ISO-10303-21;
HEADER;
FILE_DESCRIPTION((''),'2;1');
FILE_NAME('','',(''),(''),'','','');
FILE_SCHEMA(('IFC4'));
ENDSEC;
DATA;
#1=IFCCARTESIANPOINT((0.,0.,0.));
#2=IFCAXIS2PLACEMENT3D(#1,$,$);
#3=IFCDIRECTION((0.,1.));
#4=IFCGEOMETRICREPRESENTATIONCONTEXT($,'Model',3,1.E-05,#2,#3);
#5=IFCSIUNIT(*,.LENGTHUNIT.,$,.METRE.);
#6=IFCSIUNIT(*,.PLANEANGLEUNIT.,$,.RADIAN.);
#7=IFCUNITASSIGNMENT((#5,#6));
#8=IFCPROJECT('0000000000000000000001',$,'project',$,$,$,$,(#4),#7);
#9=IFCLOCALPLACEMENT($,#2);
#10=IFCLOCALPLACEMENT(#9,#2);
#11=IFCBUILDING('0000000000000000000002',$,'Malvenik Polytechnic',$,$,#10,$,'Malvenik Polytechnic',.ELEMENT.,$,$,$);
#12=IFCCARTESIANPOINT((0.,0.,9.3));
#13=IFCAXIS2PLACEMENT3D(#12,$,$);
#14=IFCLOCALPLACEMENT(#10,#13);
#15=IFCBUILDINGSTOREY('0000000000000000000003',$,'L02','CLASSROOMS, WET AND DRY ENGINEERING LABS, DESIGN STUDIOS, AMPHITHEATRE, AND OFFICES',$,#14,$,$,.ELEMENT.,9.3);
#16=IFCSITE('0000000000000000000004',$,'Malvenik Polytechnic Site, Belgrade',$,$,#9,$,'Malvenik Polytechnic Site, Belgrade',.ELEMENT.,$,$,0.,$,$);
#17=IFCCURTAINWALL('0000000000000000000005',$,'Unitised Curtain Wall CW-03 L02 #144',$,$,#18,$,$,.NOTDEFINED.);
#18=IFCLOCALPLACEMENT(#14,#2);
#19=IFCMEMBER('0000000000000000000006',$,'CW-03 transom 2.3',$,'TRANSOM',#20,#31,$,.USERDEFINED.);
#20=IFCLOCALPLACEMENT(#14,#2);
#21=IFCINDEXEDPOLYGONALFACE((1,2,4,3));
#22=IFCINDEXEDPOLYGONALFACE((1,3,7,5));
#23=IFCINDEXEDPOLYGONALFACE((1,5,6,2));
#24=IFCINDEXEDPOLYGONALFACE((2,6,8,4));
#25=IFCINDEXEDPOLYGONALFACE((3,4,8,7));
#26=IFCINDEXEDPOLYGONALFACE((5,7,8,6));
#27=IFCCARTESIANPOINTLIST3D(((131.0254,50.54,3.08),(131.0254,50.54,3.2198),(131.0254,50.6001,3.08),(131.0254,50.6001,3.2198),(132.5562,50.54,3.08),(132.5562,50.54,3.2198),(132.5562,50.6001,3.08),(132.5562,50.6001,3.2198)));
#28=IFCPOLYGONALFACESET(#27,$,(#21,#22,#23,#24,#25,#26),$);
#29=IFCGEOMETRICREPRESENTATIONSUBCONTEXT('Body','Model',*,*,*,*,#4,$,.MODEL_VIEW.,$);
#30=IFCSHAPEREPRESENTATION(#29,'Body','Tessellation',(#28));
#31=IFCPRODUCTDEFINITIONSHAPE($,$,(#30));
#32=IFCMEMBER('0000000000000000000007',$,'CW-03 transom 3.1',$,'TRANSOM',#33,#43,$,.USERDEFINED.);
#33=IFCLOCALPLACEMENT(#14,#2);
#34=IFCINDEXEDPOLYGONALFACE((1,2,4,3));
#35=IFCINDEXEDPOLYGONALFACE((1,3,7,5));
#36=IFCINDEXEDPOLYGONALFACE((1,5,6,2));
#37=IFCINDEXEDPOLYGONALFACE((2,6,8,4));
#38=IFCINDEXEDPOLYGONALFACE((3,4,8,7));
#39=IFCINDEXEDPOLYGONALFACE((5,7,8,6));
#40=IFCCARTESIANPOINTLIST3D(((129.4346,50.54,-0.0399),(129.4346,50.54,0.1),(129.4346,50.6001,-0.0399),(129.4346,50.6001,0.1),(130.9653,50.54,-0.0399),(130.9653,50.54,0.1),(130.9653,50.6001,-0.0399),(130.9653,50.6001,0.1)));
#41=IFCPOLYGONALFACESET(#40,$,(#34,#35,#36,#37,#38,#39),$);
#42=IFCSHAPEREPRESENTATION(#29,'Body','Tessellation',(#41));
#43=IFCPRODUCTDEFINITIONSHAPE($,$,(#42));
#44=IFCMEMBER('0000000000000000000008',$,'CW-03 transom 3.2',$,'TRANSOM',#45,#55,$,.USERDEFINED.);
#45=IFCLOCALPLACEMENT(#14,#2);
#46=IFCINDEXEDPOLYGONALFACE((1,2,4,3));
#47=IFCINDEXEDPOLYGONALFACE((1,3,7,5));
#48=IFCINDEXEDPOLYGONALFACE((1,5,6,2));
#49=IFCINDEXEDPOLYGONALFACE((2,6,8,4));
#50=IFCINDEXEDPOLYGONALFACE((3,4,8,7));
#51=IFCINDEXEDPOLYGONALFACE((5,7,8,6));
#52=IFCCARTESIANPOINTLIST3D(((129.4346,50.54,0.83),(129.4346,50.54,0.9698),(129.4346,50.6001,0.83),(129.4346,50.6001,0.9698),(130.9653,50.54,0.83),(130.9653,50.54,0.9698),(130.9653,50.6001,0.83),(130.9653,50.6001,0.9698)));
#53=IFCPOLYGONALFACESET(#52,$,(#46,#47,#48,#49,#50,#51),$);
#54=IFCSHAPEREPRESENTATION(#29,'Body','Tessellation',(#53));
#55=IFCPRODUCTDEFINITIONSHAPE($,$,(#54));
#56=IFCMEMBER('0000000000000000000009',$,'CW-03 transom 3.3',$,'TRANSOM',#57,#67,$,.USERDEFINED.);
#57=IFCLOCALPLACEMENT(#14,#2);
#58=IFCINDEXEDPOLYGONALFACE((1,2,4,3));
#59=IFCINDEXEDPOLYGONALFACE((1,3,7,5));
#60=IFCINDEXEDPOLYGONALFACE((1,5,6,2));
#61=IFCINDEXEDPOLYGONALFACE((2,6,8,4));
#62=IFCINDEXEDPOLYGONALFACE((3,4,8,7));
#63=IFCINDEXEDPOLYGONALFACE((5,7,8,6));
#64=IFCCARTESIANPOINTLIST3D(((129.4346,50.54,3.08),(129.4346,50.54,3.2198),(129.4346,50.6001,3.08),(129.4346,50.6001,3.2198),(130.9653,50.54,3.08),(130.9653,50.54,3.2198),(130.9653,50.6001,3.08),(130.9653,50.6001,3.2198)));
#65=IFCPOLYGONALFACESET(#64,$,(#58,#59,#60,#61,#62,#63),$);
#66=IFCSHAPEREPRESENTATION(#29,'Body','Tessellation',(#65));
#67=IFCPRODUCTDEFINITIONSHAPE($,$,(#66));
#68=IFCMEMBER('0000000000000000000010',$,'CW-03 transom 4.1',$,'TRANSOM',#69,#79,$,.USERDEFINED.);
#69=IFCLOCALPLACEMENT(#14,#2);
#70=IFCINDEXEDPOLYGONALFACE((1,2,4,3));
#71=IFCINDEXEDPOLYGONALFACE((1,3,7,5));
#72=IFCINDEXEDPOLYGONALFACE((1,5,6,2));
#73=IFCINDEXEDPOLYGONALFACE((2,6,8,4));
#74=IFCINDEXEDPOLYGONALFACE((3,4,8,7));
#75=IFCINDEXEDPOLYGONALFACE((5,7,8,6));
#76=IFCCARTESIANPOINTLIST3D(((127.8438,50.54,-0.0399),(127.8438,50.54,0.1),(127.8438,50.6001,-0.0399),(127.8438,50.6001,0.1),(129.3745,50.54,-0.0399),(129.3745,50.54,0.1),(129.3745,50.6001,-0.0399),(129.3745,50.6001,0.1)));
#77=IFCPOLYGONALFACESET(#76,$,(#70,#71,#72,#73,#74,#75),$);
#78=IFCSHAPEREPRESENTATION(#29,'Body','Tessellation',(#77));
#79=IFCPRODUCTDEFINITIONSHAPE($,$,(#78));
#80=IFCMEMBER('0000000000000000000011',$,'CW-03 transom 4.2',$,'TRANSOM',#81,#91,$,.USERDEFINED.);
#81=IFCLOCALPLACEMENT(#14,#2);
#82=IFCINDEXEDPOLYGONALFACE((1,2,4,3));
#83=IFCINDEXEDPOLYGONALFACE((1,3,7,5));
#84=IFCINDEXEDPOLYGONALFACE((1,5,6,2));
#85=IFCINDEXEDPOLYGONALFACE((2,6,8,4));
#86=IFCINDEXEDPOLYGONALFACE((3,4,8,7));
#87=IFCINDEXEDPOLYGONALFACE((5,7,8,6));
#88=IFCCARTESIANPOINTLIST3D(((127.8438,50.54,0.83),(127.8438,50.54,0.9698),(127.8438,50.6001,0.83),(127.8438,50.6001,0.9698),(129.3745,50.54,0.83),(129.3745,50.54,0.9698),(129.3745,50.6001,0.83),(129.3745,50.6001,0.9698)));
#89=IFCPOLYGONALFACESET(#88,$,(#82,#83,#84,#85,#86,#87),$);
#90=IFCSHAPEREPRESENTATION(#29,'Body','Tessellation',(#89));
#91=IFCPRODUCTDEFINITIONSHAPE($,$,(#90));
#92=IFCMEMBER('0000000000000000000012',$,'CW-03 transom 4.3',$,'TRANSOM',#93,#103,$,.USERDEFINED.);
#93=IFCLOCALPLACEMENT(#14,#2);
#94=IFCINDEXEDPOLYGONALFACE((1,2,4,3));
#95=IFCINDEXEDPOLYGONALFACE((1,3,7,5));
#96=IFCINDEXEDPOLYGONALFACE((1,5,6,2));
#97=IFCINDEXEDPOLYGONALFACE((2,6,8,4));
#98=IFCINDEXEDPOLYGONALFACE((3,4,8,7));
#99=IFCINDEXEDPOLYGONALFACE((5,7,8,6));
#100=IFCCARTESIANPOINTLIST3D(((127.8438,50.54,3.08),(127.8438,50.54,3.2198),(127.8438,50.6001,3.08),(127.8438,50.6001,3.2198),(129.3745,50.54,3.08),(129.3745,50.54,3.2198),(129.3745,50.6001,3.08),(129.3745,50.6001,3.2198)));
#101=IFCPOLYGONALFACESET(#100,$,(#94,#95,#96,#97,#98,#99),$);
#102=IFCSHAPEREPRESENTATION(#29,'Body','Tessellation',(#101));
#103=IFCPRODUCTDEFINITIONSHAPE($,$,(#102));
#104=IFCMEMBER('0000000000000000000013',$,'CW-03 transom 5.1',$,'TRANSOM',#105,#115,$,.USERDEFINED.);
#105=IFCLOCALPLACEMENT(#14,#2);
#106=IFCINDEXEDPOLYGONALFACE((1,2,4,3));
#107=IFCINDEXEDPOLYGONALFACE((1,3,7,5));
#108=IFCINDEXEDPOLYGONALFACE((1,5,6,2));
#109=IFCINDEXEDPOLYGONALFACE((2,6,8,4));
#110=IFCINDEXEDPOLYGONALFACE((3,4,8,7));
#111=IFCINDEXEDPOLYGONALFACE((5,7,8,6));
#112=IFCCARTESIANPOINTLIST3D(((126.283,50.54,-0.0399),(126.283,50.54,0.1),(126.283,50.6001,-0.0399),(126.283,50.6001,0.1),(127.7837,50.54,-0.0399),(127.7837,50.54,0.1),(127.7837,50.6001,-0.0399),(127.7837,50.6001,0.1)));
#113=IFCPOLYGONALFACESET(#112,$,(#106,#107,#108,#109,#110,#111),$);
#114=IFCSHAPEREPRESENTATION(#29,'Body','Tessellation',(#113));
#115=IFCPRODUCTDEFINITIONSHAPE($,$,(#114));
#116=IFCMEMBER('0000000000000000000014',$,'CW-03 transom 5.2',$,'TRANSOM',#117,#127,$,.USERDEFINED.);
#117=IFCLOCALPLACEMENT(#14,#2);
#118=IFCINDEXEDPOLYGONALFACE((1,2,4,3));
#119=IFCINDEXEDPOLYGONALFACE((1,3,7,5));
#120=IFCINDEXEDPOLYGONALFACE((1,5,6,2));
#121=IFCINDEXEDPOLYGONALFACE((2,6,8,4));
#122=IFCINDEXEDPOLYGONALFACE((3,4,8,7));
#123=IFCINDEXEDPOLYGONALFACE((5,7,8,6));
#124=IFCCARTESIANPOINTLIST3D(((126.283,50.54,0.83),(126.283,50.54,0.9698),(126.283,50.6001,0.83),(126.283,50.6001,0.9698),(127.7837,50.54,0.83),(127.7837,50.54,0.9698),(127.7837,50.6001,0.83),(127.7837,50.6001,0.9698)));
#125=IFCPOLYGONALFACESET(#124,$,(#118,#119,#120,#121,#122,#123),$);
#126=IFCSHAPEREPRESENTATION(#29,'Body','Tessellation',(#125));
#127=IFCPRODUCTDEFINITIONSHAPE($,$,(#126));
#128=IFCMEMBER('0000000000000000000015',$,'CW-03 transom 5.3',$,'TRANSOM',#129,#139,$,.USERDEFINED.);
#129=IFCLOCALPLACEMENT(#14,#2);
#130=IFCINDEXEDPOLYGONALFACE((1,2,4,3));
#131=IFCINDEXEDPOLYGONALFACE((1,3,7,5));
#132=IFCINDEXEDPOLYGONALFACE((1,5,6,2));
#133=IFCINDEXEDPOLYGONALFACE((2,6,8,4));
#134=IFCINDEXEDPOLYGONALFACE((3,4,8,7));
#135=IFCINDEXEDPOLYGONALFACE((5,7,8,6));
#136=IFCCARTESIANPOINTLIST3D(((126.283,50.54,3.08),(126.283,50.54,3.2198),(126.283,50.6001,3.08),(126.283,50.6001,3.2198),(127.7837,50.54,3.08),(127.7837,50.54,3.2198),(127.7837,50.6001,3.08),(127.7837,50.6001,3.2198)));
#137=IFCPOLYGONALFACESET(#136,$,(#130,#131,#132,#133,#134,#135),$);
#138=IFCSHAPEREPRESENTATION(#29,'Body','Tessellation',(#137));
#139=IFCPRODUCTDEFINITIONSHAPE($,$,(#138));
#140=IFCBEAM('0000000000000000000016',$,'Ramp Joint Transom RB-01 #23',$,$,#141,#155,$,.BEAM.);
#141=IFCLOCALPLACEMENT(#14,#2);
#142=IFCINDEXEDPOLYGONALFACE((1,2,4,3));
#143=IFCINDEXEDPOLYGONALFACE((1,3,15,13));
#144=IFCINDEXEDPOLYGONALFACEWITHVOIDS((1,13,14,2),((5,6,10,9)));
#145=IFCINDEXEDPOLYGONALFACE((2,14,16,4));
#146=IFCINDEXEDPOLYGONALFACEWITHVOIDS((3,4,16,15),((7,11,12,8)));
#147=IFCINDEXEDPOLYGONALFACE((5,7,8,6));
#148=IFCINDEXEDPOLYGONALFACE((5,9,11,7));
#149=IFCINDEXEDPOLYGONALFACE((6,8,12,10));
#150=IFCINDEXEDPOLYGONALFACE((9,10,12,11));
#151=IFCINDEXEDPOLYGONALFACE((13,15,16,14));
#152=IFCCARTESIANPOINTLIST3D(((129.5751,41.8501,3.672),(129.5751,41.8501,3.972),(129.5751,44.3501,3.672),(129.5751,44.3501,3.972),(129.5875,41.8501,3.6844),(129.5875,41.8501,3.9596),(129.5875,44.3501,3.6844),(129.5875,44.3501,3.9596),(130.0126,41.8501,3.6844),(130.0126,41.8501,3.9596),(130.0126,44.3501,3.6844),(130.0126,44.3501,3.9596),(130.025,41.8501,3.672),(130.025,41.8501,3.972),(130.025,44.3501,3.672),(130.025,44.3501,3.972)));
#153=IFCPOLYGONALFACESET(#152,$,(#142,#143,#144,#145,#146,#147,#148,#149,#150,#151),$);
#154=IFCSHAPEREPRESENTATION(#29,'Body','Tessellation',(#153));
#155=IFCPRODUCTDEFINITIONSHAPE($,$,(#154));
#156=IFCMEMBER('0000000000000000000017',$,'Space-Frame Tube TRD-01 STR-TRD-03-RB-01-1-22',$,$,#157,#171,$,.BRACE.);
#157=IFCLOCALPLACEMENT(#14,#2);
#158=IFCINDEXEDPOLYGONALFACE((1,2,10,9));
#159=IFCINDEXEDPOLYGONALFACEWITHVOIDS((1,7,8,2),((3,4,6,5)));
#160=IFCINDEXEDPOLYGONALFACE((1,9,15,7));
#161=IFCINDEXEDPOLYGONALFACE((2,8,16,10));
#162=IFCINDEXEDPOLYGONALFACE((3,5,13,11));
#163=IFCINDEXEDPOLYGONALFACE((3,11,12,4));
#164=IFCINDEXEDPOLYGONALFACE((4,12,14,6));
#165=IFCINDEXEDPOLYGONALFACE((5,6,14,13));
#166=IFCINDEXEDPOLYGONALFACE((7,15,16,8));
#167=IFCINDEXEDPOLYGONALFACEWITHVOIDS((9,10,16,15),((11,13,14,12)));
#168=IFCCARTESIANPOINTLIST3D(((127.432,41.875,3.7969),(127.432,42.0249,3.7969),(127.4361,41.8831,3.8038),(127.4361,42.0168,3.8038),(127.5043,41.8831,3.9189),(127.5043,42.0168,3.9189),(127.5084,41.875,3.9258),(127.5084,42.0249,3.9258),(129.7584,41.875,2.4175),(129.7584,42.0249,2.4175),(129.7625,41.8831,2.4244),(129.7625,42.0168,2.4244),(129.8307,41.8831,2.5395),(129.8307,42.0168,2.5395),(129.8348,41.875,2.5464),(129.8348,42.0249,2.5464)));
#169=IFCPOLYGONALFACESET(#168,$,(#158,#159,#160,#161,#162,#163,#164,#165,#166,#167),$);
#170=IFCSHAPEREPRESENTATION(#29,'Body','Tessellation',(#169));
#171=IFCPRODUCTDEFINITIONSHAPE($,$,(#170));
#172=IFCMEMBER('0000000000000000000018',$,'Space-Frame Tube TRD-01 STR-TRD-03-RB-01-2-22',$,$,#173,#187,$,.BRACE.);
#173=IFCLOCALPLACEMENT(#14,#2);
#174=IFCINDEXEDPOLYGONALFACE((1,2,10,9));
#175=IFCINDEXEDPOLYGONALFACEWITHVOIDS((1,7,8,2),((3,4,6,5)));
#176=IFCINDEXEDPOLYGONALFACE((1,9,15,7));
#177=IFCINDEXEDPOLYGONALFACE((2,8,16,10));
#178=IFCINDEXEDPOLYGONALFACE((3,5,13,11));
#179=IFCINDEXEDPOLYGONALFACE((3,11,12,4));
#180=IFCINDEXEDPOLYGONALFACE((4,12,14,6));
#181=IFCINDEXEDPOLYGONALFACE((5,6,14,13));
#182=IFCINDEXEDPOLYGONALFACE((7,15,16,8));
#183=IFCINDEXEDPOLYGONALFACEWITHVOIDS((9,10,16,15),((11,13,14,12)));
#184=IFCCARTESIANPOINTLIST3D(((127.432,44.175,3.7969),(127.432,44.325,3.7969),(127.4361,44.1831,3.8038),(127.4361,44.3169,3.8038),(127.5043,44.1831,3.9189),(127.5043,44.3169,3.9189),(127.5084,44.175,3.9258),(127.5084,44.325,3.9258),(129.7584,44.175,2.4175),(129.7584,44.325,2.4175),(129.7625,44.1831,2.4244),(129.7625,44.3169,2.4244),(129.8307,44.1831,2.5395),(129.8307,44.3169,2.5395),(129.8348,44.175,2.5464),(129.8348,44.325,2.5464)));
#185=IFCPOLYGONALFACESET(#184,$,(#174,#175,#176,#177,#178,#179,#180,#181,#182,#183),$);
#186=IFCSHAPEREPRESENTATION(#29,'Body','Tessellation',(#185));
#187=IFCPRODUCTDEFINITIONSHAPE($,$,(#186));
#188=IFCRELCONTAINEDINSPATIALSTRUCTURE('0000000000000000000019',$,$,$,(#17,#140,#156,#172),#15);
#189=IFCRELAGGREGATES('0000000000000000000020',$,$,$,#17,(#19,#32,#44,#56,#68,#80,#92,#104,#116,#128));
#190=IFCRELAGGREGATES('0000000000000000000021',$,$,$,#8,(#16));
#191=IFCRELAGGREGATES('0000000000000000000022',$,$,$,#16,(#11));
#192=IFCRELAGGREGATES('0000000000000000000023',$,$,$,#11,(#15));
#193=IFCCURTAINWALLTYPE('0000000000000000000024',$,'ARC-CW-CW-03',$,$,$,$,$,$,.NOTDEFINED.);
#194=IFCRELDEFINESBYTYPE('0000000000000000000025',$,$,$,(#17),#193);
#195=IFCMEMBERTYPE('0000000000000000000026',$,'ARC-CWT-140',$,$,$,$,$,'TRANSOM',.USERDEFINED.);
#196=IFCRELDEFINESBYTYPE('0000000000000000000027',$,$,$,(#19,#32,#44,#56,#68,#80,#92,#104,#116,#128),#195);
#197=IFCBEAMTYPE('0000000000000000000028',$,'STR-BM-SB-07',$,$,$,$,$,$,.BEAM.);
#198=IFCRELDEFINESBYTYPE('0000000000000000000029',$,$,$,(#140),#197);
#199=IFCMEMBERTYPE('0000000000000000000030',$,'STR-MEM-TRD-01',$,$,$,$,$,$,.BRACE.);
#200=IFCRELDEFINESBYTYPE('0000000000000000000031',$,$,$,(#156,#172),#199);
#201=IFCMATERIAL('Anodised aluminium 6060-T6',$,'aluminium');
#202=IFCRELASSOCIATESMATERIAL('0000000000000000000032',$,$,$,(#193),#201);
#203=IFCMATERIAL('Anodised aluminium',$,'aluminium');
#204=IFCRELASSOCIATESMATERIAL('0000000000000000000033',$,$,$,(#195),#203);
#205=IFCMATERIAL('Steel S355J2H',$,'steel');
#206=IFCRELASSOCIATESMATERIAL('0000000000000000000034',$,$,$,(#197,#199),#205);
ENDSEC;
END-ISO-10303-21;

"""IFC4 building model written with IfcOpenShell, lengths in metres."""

from ifc_helpers import new_model, si_unit, direction, frame, origin, origin_2d, place, context, subcontext, project, spatial, rectangle, hollow_rectangle, extrude, material, material_profile, profile_set, type_object, element, aggregate, save


model = new_model("IFC4")

# Units and contexts
model_context = context("Model", 3, precision=1e-05, world=origin(), true_north=direction((0.0, 1.0)))
body_context = subcontext(model_context, "Body", "Model", "MODEL_VIEW")
ifc_project = project(units=[si_unit("LENGTHUNIT", "METRE"), si_unit("PLANEANGLEUNIT", "RADIAN")], contexts=[model_context])

# Site, building, storey
site_placement = place(None, origin())
site = spatial("IfcSite", under=ifc_project, at=site_placement, Name="Malvenik Polytechnic Site, Belgrade", LongName="Malvenik Polytechnic Site, Belgrade", CompositionType="ELEMENT", RefElevation=0.0)
building_placement = place(site_placement, origin())
building = spatial("IfcBuilding", under=site, at=building_placement, Name="Malvenik Polytechnic", LongName="Malvenik Polytechnic", CompositionType="ELEMENT")
storey_placement = place(building_placement, frame((0.0, 0.0, 9.3)))
storey = spatial("IfcBuildingStorey", under=building, at=storey_placement, Name="L02", Description="CLASSROOMS, WET AND DRY ENGINEERING LABS, DESIGN STUDIOS, AMPHITHEATRE, AND OFFICES", CompositionType="ELEMENT", Elevation=9.3)

# Curtain wall, members
ifc_material_1 = material(Name="Anodised aluminium 6060-T6", Category="aluminium")
curtain_wall_type = type_object("IfcCurtainWallType", Name="ARC-CW-CW-03", PredefinedType="NOTDEFINED", material=ifc_material_1)
curtain_wall_placement = place(storey_placement, origin())
curtain_wall = element("IfcCurtainWall", 1, at=curtain_wall_placement, inside=storey, type_object=curtain_wall_type, Name="Unitised Curtain Wall CW-03 L02 #144", PredefinedType="NOTDEFINED")
ifc_material_2 = material(Name="Anodised aluminium", Category="aluminium")
ifc_material_profile_1 = material_profile(ifc_material_2, rectangle(XDim=0.0601, YDim=0.1399, at=origin_2d()), Name="ALU TRANSOM 60x140")
ifc_profile_set_1 = profile_set([ifc_material_profile_1], Name="Anodised aluminium")
member_type_1 = type_object("IfcMemberType", Name="ARC-CWT-140", ElementType="TRANSOM", PredefinedType="USERDEFINED", material=ifc_profile_set_1)
member_1_placement = place(storey_placement, frame((132.5562, 50.5701, 3.1499), z_axis=(-1.0, 0.0, 0.0), x_axis=(0.0, -1.0, 0.0)))
member_1 = element("IfcMember", 2, at=member_1_placement, type_object=member_type_1, Name="CW-03 transom 2.3", ObjectType="TRANSOM", PredefinedType="USERDEFINED", context=body_context, shape_type="SweptSolid", body=[
    extrude(rectangle(XDim=0.0601, YDim=0.1399, at=origin_2d()), origin(), (0.0, 0.0, 1.0), 1.5308),
])
member_2_placement = place(storey_placement, frame((130.9653, 50.5701, 0.03), z_axis=(-1.0, 0.0, 0.0), x_axis=(0.0, -1.0, 0.0)))
member_2 = element("IfcMember", 3, at=member_2_placement, type_object=member_type_1, Name="CW-03 transom 3.1", ObjectType="TRANSOM", PredefinedType="USERDEFINED", context=body_context, shape_type="SweptSolid", body=[
    extrude(rectangle(XDim=0.0601, YDim=0.1399, at=origin_2d()), origin(), (0.0, 0.0, 1.0), 1.5308),
])
member_3_placement = place(storey_placement, frame((130.9653, 50.5701, 0.8999), z_axis=(-1.0, 0.0, 0.0), x_axis=(0.0, -1.0, 0.0)))
member_3 = element("IfcMember", 4, at=member_3_placement, type_object=member_type_1, Name="CW-03 transom 3.2", ObjectType="TRANSOM", PredefinedType="USERDEFINED", context=body_context, shape_type="SweptSolid", body=[
    extrude(rectangle(XDim=0.0601, YDim=0.1399, at=origin_2d()), origin(), (0.0, 0.0, 1.0), 1.5308),
])
member_4_placement = place(storey_placement, frame((130.9653, 50.5701, 3.1499), z_axis=(-1.0, 0.0, 0.0), x_axis=(0.0, -1.0, 0.0)))
member_4 = element("IfcMember", 5, at=member_4_placement, type_object=member_type_1, Name="CW-03 transom 3.3", ObjectType="TRANSOM", PredefinedType="USERDEFINED", context=body_context, shape_type="SweptSolid", body=[
    extrude(rectangle(XDim=0.0601, YDim=0.1399, at=origin_2d()), origin(), (0.0, 0.0, 1.0), 1.5308),
])
member_5_placement = place(storey_placement, frame((129.3745, 50.5701, 0.03), z_axis=(-1.0, 0.0, 0.0), x_axis=(0.0, -1.0, 0.0)))
member_5 = element("IfcMember", 6, at=member_5_placement, type_object=member_type_1, Name="CW-03 transom 4.1", ObjectType="TRANSOM", PredefinedType="USERDEFINED", context=body_context, shape_type="SweptSolid", body=[
    extrude(rectangle(XDim=0.0601, YDim=0.1399, at=origin_2d()), origin(), (0.0, 0.0, 1.0), 1.5308),
])
member_6_placement = place(storey_placement, frame((129.3745, 50.5701, 0.8999), z_axis=(-1.0, 0.0, 0.0), x_axis=(0.0, -1.0, 0.0)))
member_6 = element("IfcMember", 7, at=member_6_placement, type_object=member_type_1, Name="CW-03 transom 4.2", ObjectType="TRANSOM", PredefinedType="USERDEFINED", context=body_context, shape_type="SweptSolid", body=[
    extrude(rectangle(XDim=0.0601, YDim=0.1399, at=origin_2d()), origin(), (0.0, 0.0, 1.0), 1.5308),
])
member_7_placement = place(storey_placement, frame((129.3745, 50.5701, 3.1499), z_axis=(-1.0, 0.0, 0.0), x_axis=(0.0, -1.0, 0.0)))
member_7 = element("IfcMember", 8, at=member_7_placement, type_object=member_type_1, Name="CW-03 transom 4.3", ObjectType="TRANSOM", PredefinedType="USERDEFINED", context=body_context, shape_type="SweptSolid", body=[
    extrude(rectangle(XDim=0.0601, YDim=0.1399, at=origin_2d()), origin(), (0.0, 0.0, 1.0), 1.5308),
])
member_8_placement = place(storey_placement, frame((127.7837, 50.5701, 0.03), z_axis=(-1.0, 0.0, 0.0), x_axis=(0.0, -1.0, 0.0)))
member_8 = element("IfcMember", 9, at=member_8_placement, type_object=member_type_1, Name="CW-03 transom 5.1", ObjectType="TRANSOM", PredefinedType="USERDEFINED", context=body_context, shape_type="SweptSolid", body=[
    extrude(rectangle(XDim=0.0601, YDim=0.1399, at=origin_2d()), origin(), (0.0, 0.0, 1.0), 1.5007),
])
member_9_placement = place(storey_placement, frame((127.7837, 50.5701, 0.8999), z_axis=(-1.0, 0.0, 0.0), x_axis=(0.0, -1.0, 0.0)))
member_9 = element("IfcMember", 10, at=member_9_placement, type_object=member_type_1, Name="CW-03 transom 5.2", ObjectType="TRANSOM", PredefinedType="USERDEFINED", context=body_context, shape_type="SweptSolid", body=[
    extrude(rectangle(XDim=0.0601, YDim=0.1399, at=origin_2d()), origin(), (0.0, 0.0, 1.0), 1.5007),
])
member_10_placement = place(storey_placement, frame((127.7837, 50.5701, 3.1499), z_axis=(-1.0, 0.0, 0.0), x_axis=(0.0, -1.0, 0.0)))
member_10 = element("IfcMember", 11, at=member_10_placement, type_object=member_type_1, Name="CW-03 transom 5.3", ObjectType="TRANSOM", PredefinedType="USERDEFINED", context=body_context, shape_type="SweptSolid", body=[
    extrude(rectangle(XDim=0.0601, YDim=0.1399, at=origin_2d()), origin(), (0.0, 0.0, 1.0), 1.5007),
])

# Beam
ifc_material_3 = material(Name="Steel S355J2H", Category="steel")
ifc_material_profile_2 = material_profile(ifc_material_3, hollow_rectangle(XDim=0.45, YDim=0.3, WallThickness=0.0125, at=origin_2d()), Name="RHS 450x300x12.5")
ifc_profile_set_2 = profile_set([ifc_material_profile_2], Name="Steel S355J2H")
beam_type = type_object("IfcBeamType", Name="STR-BM-SB-07", PredefinedType="BEAM", material=ifc_profile_set_2)
beam_placement = place(storey_placement, frame((129.8, 41.8501, 3.822), z_axis=(0.0, 1.0, 0.0), x_axis=(-1.0, 0.0, 0.0)))
element("IfcBeam", 12, at=beam_placement, inside=storey, type_object=beam_type, Name="Ramp Joint Transom RB-01 #23", PredefinedType="BEAM", context=body_context, shape_type="SweptSolid", body=[
    extrude(hollow_rectangle(XDim=0.45, YDim=0.3, WallThickness=0.0125, at=origin_2d()), origin(), (0.0, 0.0, 1.0), 2.5),
])

# Members
ifc_material_profile_3 = material_profile(ifc_material_3, hollow_rectangle(XDim=0.1499, YDim=0.1499, WallThickness=0.0081, at=origin_2d()), Name="SHS 150x150x8.0")
ifc_profile_set_3 = profile_set([ifc_material_profile_3], Name="Steel S355J2H")
member_type_2 = type_object("IfcMemberType", Name="STR-MEM-TRD-01", PredefinedType="BRACE", material=ifc_profile_set_3)
for number, where, z_axis, x_axis, name in (
    (13, (127.4702, 41.95, 3.8613), (0.860165, 0.0, -0.510015), (0.0, 1.0, 0.0), "Space-Frame Tube TRD-01 STR-TRD-03-RB-01-1-22"),
    (14, (127.4702, 44.25, 3.8613), (0.860165, 0.0, -0.510015), (0.0, 1.0, 0.0), "Space-Frame Tube TRD-01 STR-TRD-03-RB-01-2-22"),
):
    element("IfcMember", number, at=place(storey_placement, frame(where, z_axis=z_axis, x_axis=x_axis)), inside=storey, type_object=member_type_2, Name=name, PredefinedType="BRACE", context=body_context, shape_type="SweptSolid", body=[
        extrude(hollow_rectangle(XDim=0.1499, YDim=0.1499, WallThickness=0.0081, at=origin_2d()), origin(), (0.0, 0.0, 1.0), 2.7046),
    ])

aggregate(curtain_wall, [member_1, member_2, member_3, member_4, member_5, member_6, member_7, member_8, member_9, member_10])

save(model, "model.ifc")
